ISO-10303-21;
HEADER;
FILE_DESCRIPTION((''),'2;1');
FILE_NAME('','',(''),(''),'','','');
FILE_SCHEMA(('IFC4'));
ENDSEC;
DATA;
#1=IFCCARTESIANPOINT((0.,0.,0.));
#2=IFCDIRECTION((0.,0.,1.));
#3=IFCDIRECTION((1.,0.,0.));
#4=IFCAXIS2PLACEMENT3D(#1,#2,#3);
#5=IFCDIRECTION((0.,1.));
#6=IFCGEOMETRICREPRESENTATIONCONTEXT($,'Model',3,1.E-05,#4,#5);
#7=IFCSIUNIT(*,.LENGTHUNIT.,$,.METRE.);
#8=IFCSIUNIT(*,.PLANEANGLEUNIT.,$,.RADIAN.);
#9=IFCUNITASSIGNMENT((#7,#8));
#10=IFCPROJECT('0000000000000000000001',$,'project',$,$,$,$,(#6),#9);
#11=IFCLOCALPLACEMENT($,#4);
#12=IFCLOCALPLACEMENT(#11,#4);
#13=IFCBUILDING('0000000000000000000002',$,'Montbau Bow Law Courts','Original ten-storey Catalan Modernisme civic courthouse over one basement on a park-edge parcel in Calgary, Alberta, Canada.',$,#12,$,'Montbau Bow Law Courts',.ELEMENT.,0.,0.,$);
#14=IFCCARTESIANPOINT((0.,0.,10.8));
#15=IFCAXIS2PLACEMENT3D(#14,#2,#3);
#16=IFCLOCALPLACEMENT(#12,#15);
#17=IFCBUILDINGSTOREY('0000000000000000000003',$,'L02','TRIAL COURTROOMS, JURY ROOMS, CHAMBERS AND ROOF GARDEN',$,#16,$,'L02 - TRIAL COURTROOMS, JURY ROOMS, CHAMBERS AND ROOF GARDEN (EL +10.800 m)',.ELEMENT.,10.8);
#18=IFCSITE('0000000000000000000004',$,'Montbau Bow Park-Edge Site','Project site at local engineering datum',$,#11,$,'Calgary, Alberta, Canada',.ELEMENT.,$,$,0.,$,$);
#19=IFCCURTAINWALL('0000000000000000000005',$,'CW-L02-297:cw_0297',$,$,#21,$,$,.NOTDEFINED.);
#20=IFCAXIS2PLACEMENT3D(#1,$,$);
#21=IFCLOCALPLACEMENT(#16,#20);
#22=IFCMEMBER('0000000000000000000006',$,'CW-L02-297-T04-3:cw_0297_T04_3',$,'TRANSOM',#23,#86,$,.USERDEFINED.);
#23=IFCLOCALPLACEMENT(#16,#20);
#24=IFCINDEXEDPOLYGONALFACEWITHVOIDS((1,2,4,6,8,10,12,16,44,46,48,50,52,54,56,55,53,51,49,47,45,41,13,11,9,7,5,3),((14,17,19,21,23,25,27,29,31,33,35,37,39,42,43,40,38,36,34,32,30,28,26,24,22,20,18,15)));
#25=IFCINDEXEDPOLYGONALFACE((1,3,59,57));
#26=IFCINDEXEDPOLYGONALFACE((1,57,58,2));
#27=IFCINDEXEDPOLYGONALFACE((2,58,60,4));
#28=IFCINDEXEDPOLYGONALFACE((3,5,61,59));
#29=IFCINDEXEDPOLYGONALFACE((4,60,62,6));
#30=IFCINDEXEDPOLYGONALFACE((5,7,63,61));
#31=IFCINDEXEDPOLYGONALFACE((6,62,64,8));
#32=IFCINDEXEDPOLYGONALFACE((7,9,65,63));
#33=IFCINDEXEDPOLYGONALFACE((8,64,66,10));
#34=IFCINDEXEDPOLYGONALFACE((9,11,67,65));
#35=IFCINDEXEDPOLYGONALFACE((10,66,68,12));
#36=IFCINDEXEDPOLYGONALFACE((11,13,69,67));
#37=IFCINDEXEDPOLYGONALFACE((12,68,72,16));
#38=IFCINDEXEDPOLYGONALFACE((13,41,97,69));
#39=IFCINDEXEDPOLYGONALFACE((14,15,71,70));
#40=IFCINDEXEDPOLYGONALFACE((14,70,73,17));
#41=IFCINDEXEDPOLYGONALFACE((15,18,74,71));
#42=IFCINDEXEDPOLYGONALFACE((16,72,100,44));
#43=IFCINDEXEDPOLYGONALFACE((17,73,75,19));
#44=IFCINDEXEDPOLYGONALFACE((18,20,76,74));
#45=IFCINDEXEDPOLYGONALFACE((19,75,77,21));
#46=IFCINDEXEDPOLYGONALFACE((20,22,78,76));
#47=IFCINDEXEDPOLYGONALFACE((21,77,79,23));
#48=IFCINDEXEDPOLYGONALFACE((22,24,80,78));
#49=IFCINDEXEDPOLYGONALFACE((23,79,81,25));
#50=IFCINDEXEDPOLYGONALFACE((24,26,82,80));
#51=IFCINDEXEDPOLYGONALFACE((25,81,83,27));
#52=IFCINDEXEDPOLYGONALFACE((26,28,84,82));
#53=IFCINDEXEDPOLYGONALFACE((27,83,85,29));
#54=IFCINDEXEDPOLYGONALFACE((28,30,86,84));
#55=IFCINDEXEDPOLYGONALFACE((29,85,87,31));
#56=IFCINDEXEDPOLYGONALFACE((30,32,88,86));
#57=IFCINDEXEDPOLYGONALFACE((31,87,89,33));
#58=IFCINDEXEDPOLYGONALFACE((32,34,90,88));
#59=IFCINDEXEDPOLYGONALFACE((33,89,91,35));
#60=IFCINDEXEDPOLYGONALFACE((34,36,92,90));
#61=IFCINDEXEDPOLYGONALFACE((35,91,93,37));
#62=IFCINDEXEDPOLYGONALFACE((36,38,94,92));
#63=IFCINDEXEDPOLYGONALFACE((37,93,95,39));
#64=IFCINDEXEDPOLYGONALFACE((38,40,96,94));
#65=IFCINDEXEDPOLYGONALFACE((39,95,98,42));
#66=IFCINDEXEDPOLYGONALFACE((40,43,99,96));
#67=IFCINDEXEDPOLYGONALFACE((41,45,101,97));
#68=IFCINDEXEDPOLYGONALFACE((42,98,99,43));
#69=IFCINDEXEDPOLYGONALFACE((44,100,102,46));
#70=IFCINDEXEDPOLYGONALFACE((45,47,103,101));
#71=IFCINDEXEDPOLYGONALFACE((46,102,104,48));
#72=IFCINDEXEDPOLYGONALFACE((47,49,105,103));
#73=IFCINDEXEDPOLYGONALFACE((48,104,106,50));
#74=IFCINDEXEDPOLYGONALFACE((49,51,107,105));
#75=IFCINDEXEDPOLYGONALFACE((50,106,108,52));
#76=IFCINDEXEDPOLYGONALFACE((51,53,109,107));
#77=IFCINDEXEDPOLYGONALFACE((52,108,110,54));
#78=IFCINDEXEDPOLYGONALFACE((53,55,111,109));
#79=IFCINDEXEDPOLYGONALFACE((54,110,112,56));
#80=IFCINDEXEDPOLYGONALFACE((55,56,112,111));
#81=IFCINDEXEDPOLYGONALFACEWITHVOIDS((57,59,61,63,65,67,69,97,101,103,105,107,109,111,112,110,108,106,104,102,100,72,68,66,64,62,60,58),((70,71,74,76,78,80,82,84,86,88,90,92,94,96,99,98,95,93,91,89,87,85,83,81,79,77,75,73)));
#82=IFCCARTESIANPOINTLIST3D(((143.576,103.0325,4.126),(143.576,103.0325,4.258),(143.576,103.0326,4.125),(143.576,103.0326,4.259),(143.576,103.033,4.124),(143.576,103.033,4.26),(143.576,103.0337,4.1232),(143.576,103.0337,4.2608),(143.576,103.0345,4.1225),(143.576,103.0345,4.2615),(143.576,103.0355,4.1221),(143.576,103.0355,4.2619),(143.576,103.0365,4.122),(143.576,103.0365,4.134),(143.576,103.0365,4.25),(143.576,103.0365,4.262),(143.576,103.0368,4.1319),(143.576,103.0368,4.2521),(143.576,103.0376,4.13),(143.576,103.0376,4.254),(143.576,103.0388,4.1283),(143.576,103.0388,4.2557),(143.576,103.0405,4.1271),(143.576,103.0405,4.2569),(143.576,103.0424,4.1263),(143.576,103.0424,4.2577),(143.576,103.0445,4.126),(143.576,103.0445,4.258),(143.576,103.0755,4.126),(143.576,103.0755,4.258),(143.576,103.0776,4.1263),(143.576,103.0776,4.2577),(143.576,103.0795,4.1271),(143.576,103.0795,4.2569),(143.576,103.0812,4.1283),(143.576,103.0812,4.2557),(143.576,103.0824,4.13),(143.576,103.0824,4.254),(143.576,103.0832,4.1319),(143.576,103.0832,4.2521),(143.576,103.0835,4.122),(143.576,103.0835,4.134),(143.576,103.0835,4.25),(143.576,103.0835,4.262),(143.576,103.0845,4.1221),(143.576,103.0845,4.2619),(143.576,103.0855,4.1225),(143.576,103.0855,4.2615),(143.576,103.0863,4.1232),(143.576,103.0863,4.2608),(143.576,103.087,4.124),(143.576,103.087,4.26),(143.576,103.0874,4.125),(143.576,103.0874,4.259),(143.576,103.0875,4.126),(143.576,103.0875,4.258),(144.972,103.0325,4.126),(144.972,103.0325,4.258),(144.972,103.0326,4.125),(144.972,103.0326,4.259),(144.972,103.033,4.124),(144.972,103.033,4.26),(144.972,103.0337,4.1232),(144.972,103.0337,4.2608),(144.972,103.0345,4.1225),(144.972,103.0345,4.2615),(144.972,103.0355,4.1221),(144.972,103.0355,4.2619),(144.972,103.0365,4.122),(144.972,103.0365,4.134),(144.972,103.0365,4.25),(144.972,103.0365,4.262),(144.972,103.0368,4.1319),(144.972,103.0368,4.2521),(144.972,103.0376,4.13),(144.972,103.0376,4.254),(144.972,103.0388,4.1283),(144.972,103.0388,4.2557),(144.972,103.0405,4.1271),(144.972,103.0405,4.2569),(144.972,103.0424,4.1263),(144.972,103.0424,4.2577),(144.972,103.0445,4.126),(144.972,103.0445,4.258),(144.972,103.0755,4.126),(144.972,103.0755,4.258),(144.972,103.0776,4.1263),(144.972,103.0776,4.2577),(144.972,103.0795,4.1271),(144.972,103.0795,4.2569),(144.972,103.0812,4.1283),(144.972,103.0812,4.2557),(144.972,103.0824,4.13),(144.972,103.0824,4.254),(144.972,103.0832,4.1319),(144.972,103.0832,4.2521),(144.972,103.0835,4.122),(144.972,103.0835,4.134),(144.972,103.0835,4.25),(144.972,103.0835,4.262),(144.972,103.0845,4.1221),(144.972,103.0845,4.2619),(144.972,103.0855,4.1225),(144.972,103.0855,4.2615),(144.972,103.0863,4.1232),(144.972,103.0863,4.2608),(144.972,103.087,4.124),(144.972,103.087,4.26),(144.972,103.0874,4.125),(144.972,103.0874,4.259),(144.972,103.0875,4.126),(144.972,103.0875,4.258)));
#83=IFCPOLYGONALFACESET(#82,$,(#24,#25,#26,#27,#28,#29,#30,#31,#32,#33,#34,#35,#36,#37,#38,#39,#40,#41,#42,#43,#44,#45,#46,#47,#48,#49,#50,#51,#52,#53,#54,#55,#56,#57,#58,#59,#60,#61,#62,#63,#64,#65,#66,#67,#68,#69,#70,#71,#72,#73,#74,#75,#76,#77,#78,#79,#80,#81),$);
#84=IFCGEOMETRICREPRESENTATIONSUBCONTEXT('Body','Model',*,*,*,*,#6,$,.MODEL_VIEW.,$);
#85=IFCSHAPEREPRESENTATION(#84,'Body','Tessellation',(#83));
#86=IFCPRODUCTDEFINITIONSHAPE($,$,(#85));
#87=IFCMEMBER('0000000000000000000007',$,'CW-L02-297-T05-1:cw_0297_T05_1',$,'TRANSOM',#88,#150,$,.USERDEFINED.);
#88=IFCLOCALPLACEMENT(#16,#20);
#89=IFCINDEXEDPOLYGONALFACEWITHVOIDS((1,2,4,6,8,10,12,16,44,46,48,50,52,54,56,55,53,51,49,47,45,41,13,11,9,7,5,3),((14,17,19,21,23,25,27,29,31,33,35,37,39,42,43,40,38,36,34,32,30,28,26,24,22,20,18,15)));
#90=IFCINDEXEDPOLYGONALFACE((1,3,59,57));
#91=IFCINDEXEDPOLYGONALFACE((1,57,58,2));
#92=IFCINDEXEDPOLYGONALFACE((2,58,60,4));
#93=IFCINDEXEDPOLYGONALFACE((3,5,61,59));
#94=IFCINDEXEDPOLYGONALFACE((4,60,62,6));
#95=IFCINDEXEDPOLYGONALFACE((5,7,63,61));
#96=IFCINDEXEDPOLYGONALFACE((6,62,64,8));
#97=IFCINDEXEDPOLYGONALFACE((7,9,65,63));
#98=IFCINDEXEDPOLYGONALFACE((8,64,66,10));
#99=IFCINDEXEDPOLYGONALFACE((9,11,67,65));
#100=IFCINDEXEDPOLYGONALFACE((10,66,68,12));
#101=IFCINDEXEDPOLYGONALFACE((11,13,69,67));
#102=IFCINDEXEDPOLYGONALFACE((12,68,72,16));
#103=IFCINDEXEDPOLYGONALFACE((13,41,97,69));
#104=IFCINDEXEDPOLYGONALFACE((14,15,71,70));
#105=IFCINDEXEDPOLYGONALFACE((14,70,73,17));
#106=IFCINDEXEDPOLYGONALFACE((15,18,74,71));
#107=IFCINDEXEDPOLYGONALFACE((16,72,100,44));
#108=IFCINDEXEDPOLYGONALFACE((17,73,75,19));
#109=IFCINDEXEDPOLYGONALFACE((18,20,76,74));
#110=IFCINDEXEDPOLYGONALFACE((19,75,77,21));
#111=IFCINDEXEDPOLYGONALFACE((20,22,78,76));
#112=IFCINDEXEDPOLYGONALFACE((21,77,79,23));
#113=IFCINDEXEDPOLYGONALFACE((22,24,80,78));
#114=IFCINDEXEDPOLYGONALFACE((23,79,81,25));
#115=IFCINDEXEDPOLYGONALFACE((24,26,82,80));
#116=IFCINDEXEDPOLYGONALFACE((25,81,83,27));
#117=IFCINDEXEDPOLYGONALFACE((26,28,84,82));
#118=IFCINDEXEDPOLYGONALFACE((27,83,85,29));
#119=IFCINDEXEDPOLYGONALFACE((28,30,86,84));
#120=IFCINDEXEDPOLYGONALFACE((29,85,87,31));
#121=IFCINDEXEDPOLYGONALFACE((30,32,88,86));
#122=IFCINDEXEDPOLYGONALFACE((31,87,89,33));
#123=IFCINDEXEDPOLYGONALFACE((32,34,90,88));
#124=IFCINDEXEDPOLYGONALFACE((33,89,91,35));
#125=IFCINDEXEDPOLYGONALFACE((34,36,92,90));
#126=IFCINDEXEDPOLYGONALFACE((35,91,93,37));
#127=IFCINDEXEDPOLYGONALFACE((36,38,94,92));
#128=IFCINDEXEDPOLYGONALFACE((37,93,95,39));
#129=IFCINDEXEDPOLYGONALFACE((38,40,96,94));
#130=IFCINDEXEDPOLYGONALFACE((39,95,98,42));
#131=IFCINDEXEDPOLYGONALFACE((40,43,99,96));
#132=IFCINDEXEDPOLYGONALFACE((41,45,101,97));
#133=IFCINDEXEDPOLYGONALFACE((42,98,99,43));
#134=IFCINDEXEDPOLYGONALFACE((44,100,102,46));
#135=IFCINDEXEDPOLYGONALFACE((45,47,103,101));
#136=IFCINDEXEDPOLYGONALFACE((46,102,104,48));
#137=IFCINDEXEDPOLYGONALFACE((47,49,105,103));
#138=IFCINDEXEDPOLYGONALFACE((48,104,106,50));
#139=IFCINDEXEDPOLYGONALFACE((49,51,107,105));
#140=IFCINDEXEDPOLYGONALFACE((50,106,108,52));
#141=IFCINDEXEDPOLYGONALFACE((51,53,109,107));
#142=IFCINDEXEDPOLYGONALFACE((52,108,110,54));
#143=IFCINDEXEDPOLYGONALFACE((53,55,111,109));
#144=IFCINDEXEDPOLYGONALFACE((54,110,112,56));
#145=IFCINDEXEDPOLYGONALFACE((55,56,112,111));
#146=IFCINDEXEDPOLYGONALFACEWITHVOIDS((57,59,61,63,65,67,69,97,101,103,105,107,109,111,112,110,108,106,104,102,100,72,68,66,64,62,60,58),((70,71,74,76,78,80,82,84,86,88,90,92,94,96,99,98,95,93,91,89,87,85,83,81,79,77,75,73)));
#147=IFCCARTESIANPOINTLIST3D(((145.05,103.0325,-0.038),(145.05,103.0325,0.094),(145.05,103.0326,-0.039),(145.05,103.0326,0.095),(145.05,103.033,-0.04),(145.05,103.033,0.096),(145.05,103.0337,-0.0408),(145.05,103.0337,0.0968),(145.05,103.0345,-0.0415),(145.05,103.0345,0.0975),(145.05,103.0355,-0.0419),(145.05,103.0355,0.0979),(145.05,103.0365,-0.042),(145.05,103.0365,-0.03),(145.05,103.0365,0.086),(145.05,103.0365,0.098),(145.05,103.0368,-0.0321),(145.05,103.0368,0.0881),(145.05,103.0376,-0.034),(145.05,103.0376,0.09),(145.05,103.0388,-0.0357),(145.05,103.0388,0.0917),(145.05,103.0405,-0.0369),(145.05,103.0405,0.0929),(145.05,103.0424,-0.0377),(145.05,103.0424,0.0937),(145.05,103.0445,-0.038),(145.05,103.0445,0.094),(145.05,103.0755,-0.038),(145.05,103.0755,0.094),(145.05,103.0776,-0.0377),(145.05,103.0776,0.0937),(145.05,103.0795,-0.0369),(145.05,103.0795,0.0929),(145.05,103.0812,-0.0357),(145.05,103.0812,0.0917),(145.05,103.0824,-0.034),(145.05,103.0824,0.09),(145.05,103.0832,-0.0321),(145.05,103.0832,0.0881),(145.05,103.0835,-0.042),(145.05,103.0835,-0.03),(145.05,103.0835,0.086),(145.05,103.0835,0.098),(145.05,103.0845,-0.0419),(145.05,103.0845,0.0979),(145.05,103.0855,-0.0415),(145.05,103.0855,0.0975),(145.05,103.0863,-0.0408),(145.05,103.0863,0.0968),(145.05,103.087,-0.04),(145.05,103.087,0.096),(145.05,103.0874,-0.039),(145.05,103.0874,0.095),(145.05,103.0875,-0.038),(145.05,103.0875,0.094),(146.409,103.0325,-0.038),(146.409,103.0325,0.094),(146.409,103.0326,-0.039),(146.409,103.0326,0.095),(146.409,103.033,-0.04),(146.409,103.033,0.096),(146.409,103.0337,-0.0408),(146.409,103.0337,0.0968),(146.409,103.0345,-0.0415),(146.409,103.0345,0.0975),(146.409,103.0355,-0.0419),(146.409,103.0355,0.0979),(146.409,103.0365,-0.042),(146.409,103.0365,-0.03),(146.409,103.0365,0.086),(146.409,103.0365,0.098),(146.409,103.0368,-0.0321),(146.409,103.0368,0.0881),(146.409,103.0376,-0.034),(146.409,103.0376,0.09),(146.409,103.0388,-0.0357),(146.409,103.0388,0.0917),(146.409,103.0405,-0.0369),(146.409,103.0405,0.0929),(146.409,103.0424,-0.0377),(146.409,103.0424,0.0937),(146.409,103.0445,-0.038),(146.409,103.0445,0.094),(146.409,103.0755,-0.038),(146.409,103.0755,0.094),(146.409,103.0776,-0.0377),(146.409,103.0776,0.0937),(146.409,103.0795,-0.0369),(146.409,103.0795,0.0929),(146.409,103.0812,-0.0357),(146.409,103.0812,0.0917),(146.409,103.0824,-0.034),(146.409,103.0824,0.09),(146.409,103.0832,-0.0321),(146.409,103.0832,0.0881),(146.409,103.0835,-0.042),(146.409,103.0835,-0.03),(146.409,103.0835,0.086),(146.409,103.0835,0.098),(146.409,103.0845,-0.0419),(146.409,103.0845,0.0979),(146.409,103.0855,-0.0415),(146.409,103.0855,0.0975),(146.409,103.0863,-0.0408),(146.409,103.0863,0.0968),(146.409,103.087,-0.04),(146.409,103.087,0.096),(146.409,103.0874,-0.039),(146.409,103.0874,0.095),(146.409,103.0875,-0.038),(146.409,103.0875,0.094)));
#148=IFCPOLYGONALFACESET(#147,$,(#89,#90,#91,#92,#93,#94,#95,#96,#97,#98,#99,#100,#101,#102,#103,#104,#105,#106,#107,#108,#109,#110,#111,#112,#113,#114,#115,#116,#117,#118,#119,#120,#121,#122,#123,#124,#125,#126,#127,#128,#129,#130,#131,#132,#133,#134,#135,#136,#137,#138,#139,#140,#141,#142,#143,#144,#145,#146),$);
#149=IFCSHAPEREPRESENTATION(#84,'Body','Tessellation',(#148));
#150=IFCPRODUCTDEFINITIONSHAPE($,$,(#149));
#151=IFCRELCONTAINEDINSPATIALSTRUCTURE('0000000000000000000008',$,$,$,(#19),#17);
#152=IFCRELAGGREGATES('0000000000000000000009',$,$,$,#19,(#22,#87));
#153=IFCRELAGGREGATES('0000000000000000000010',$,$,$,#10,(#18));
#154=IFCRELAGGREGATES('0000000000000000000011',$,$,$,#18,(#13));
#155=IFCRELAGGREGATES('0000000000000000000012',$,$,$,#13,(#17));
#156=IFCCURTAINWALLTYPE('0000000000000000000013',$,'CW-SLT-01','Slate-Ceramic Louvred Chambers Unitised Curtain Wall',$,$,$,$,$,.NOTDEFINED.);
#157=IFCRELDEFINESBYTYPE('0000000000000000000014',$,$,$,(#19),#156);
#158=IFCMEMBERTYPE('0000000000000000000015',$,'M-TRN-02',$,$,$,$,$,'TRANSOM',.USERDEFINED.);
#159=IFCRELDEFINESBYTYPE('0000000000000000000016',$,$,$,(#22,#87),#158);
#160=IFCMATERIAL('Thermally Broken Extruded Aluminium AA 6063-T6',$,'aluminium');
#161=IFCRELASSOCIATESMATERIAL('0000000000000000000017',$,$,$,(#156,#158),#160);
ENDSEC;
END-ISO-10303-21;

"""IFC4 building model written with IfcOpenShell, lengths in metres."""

from ifc_helpers import new_model, si_unit, direction, frame, origin_with_axes, origin_2d_with_axis, place, context, subcontext, project, spatial, hollow_rectangle, extrude, material, material_profile, profile_set, type_object, element, aggregate, save


model = new_model("IFC4")

# Units and contexts
model_context = context("Model", 3, precision=1e-05, world=origin_with_axes(), true_north=direction((0.0, 1.0)))
body_context = subcontext(model_context, "Body", "Model", "MODEL_VIEW")
ifc_project = project(units=[si_unit("LENGTHUNIT", "METRE"), si_unit("PLANEANGLEUNIT", "RADIAN")], contexts=[model_context])

# Site, building, storey
site_placement = place(None, origin_with_axes())
site = spatial("IfcSite", under=ifc_project, at=site_placement, Name="Montbau Bow Park-Edge Site", Description="Project site at local engineering datum", LongName="Calgary, Alberta, Canada", CompositionType="ELEMENT", RefElevation=0.0)
building_placement = place(site_placement, origin_with_axes())
building = spatial("IfcBuilding", under=site, at=building_placement, Name="Montbau Bow Law Courts", Description="Original ten-storey Catalan Modernisme civic courthouse over one basement on a park-edge parcel in Calgary, Alberta, Canada.", LongName="Montbau Bow Law Courts", CompositionType="ELEMENT", ElevationOfRefHeight=0.0, ElevationOfTerrain=0.0)
storey_placement = place(building_placement, frame((0.0, 0.0, 10.8), z_axis=(0.0, 0.0, 1.0), x_axis=(1.0, 0.0, 0.0)))
storey = spatial("IfcBuildingStorey", under=building, at=storey_placement, Name="L02", Description="TRIAL COURTROOMS, JURY ROOMS, CHAMBERS AND ROOF GARDEN", LongName="L02 - TRIAL COURTROOMS, JURY ROOMS, CHAMBERS AND ROOF GARDEN (EL +10.800 m)", CompositionType="ELEMENT", Elevation=10.8)

# Curtain wall
ifc_material_1 = material(Name="Thermally Broken Extruded Aluminium AA 6063-T6", Category="aluminium")
curtain_wall_type = type_object("IfcCurtainWallType", Name="CW-SLT-01", Description="Slate-Ceramic Louvred Chambers Unitised Curtain Wall", PredefinedType="NOTDEFINED", material=ifc_material_1)
curtain_wall_1_placement = place(None, frame((139.115, 103.06, 10.8), z_axis=(0.0, 0.0, 1.0), x_axis=(1.0, 0.0, 0.0)))
curtain_wall_1 = element("IfcCurtainWall", 1, at=curtain_wall_1_placement, inside=storey, type_object=curtain_wall_type, Name="CW-L02-297:cw_0297", PredefinedType="NOTDEFINED")

# Members
ifc_material_profile_1 = material_profile(ifc_material_1, hollow_rectangle(XDim=0.055, YDim=0.14, WallThickness=0.004, InnerFilletRadius=0.008, OuterFilletRadius=0.004, at=origin_2d_with_axis()), Name="CWT-140X55", Category="Main", Priority=0)
ifc_profile_set_1 = profile_set([ifc_material_profile_1], Name="Thermally Broken Extruded Aluminium AA 6063-T6")
member_type_1 = type_object("IfcMemberType", Name="M-TRN-02", ElementType="TRANSOM", PredefinedType="USERDEFINED", material=ifc_profile_set_1)
member_1_placement = place(None, frame((143.576, 103.06, 14.992), z_axis=(1.0, 0.0, 0.0), x_axis=(0.0, 1.0, 0.0)))
member_1 = element("IfcMember", 2, at=member_1_placement, type_object=member_type_1, Name="CW-L02-297-T04-3:cw_0297_T04_3", ObjectType="TRANSOM", PredefinedType="USERDEFINED", context=body_context, shape_type="SweptSolid", body=[
    extrude(hollow_rectangle(XDim=0.055, YDim=0.14, WallThickness=0.004, InnerFilletRadius=0.008, OuterFilletRadius=0.004, at=origin_2d_with_axis()), origin_with_axes(), (0.0, 0.0, 1.0), 1.396),
])
member_2_placement = place(None, frame((145.05, 103.06, 10.828), z_axis=(1.0, 0.0, 0.0), x_axis=(0.0, 1.0, 0.0)))
member_2 = element("IfcMember", 3, at=member_2_placement, type_object=member_type_1, Name="CW-L02-297-T05-1:cw_0297_T05_1", ObjectType="TRANSOM", PredefinedType="USERDEFINED", context=body_context, shape_type="SweptSolid", body=[
    extrude(hollow_rectangle(XDim=0.055, YDim=0.14, WallThickness=0.004, InnerFilletRadius=0.008, OuterFilletRadius=0.004, at=origin_2d_with_axis()), origin_with_axes(), (0.0, 0.0, 1.0), 1.359),
])

aggregate(curtain_wall_1, [member_1, member_2])

save(model, "model.ifc")
